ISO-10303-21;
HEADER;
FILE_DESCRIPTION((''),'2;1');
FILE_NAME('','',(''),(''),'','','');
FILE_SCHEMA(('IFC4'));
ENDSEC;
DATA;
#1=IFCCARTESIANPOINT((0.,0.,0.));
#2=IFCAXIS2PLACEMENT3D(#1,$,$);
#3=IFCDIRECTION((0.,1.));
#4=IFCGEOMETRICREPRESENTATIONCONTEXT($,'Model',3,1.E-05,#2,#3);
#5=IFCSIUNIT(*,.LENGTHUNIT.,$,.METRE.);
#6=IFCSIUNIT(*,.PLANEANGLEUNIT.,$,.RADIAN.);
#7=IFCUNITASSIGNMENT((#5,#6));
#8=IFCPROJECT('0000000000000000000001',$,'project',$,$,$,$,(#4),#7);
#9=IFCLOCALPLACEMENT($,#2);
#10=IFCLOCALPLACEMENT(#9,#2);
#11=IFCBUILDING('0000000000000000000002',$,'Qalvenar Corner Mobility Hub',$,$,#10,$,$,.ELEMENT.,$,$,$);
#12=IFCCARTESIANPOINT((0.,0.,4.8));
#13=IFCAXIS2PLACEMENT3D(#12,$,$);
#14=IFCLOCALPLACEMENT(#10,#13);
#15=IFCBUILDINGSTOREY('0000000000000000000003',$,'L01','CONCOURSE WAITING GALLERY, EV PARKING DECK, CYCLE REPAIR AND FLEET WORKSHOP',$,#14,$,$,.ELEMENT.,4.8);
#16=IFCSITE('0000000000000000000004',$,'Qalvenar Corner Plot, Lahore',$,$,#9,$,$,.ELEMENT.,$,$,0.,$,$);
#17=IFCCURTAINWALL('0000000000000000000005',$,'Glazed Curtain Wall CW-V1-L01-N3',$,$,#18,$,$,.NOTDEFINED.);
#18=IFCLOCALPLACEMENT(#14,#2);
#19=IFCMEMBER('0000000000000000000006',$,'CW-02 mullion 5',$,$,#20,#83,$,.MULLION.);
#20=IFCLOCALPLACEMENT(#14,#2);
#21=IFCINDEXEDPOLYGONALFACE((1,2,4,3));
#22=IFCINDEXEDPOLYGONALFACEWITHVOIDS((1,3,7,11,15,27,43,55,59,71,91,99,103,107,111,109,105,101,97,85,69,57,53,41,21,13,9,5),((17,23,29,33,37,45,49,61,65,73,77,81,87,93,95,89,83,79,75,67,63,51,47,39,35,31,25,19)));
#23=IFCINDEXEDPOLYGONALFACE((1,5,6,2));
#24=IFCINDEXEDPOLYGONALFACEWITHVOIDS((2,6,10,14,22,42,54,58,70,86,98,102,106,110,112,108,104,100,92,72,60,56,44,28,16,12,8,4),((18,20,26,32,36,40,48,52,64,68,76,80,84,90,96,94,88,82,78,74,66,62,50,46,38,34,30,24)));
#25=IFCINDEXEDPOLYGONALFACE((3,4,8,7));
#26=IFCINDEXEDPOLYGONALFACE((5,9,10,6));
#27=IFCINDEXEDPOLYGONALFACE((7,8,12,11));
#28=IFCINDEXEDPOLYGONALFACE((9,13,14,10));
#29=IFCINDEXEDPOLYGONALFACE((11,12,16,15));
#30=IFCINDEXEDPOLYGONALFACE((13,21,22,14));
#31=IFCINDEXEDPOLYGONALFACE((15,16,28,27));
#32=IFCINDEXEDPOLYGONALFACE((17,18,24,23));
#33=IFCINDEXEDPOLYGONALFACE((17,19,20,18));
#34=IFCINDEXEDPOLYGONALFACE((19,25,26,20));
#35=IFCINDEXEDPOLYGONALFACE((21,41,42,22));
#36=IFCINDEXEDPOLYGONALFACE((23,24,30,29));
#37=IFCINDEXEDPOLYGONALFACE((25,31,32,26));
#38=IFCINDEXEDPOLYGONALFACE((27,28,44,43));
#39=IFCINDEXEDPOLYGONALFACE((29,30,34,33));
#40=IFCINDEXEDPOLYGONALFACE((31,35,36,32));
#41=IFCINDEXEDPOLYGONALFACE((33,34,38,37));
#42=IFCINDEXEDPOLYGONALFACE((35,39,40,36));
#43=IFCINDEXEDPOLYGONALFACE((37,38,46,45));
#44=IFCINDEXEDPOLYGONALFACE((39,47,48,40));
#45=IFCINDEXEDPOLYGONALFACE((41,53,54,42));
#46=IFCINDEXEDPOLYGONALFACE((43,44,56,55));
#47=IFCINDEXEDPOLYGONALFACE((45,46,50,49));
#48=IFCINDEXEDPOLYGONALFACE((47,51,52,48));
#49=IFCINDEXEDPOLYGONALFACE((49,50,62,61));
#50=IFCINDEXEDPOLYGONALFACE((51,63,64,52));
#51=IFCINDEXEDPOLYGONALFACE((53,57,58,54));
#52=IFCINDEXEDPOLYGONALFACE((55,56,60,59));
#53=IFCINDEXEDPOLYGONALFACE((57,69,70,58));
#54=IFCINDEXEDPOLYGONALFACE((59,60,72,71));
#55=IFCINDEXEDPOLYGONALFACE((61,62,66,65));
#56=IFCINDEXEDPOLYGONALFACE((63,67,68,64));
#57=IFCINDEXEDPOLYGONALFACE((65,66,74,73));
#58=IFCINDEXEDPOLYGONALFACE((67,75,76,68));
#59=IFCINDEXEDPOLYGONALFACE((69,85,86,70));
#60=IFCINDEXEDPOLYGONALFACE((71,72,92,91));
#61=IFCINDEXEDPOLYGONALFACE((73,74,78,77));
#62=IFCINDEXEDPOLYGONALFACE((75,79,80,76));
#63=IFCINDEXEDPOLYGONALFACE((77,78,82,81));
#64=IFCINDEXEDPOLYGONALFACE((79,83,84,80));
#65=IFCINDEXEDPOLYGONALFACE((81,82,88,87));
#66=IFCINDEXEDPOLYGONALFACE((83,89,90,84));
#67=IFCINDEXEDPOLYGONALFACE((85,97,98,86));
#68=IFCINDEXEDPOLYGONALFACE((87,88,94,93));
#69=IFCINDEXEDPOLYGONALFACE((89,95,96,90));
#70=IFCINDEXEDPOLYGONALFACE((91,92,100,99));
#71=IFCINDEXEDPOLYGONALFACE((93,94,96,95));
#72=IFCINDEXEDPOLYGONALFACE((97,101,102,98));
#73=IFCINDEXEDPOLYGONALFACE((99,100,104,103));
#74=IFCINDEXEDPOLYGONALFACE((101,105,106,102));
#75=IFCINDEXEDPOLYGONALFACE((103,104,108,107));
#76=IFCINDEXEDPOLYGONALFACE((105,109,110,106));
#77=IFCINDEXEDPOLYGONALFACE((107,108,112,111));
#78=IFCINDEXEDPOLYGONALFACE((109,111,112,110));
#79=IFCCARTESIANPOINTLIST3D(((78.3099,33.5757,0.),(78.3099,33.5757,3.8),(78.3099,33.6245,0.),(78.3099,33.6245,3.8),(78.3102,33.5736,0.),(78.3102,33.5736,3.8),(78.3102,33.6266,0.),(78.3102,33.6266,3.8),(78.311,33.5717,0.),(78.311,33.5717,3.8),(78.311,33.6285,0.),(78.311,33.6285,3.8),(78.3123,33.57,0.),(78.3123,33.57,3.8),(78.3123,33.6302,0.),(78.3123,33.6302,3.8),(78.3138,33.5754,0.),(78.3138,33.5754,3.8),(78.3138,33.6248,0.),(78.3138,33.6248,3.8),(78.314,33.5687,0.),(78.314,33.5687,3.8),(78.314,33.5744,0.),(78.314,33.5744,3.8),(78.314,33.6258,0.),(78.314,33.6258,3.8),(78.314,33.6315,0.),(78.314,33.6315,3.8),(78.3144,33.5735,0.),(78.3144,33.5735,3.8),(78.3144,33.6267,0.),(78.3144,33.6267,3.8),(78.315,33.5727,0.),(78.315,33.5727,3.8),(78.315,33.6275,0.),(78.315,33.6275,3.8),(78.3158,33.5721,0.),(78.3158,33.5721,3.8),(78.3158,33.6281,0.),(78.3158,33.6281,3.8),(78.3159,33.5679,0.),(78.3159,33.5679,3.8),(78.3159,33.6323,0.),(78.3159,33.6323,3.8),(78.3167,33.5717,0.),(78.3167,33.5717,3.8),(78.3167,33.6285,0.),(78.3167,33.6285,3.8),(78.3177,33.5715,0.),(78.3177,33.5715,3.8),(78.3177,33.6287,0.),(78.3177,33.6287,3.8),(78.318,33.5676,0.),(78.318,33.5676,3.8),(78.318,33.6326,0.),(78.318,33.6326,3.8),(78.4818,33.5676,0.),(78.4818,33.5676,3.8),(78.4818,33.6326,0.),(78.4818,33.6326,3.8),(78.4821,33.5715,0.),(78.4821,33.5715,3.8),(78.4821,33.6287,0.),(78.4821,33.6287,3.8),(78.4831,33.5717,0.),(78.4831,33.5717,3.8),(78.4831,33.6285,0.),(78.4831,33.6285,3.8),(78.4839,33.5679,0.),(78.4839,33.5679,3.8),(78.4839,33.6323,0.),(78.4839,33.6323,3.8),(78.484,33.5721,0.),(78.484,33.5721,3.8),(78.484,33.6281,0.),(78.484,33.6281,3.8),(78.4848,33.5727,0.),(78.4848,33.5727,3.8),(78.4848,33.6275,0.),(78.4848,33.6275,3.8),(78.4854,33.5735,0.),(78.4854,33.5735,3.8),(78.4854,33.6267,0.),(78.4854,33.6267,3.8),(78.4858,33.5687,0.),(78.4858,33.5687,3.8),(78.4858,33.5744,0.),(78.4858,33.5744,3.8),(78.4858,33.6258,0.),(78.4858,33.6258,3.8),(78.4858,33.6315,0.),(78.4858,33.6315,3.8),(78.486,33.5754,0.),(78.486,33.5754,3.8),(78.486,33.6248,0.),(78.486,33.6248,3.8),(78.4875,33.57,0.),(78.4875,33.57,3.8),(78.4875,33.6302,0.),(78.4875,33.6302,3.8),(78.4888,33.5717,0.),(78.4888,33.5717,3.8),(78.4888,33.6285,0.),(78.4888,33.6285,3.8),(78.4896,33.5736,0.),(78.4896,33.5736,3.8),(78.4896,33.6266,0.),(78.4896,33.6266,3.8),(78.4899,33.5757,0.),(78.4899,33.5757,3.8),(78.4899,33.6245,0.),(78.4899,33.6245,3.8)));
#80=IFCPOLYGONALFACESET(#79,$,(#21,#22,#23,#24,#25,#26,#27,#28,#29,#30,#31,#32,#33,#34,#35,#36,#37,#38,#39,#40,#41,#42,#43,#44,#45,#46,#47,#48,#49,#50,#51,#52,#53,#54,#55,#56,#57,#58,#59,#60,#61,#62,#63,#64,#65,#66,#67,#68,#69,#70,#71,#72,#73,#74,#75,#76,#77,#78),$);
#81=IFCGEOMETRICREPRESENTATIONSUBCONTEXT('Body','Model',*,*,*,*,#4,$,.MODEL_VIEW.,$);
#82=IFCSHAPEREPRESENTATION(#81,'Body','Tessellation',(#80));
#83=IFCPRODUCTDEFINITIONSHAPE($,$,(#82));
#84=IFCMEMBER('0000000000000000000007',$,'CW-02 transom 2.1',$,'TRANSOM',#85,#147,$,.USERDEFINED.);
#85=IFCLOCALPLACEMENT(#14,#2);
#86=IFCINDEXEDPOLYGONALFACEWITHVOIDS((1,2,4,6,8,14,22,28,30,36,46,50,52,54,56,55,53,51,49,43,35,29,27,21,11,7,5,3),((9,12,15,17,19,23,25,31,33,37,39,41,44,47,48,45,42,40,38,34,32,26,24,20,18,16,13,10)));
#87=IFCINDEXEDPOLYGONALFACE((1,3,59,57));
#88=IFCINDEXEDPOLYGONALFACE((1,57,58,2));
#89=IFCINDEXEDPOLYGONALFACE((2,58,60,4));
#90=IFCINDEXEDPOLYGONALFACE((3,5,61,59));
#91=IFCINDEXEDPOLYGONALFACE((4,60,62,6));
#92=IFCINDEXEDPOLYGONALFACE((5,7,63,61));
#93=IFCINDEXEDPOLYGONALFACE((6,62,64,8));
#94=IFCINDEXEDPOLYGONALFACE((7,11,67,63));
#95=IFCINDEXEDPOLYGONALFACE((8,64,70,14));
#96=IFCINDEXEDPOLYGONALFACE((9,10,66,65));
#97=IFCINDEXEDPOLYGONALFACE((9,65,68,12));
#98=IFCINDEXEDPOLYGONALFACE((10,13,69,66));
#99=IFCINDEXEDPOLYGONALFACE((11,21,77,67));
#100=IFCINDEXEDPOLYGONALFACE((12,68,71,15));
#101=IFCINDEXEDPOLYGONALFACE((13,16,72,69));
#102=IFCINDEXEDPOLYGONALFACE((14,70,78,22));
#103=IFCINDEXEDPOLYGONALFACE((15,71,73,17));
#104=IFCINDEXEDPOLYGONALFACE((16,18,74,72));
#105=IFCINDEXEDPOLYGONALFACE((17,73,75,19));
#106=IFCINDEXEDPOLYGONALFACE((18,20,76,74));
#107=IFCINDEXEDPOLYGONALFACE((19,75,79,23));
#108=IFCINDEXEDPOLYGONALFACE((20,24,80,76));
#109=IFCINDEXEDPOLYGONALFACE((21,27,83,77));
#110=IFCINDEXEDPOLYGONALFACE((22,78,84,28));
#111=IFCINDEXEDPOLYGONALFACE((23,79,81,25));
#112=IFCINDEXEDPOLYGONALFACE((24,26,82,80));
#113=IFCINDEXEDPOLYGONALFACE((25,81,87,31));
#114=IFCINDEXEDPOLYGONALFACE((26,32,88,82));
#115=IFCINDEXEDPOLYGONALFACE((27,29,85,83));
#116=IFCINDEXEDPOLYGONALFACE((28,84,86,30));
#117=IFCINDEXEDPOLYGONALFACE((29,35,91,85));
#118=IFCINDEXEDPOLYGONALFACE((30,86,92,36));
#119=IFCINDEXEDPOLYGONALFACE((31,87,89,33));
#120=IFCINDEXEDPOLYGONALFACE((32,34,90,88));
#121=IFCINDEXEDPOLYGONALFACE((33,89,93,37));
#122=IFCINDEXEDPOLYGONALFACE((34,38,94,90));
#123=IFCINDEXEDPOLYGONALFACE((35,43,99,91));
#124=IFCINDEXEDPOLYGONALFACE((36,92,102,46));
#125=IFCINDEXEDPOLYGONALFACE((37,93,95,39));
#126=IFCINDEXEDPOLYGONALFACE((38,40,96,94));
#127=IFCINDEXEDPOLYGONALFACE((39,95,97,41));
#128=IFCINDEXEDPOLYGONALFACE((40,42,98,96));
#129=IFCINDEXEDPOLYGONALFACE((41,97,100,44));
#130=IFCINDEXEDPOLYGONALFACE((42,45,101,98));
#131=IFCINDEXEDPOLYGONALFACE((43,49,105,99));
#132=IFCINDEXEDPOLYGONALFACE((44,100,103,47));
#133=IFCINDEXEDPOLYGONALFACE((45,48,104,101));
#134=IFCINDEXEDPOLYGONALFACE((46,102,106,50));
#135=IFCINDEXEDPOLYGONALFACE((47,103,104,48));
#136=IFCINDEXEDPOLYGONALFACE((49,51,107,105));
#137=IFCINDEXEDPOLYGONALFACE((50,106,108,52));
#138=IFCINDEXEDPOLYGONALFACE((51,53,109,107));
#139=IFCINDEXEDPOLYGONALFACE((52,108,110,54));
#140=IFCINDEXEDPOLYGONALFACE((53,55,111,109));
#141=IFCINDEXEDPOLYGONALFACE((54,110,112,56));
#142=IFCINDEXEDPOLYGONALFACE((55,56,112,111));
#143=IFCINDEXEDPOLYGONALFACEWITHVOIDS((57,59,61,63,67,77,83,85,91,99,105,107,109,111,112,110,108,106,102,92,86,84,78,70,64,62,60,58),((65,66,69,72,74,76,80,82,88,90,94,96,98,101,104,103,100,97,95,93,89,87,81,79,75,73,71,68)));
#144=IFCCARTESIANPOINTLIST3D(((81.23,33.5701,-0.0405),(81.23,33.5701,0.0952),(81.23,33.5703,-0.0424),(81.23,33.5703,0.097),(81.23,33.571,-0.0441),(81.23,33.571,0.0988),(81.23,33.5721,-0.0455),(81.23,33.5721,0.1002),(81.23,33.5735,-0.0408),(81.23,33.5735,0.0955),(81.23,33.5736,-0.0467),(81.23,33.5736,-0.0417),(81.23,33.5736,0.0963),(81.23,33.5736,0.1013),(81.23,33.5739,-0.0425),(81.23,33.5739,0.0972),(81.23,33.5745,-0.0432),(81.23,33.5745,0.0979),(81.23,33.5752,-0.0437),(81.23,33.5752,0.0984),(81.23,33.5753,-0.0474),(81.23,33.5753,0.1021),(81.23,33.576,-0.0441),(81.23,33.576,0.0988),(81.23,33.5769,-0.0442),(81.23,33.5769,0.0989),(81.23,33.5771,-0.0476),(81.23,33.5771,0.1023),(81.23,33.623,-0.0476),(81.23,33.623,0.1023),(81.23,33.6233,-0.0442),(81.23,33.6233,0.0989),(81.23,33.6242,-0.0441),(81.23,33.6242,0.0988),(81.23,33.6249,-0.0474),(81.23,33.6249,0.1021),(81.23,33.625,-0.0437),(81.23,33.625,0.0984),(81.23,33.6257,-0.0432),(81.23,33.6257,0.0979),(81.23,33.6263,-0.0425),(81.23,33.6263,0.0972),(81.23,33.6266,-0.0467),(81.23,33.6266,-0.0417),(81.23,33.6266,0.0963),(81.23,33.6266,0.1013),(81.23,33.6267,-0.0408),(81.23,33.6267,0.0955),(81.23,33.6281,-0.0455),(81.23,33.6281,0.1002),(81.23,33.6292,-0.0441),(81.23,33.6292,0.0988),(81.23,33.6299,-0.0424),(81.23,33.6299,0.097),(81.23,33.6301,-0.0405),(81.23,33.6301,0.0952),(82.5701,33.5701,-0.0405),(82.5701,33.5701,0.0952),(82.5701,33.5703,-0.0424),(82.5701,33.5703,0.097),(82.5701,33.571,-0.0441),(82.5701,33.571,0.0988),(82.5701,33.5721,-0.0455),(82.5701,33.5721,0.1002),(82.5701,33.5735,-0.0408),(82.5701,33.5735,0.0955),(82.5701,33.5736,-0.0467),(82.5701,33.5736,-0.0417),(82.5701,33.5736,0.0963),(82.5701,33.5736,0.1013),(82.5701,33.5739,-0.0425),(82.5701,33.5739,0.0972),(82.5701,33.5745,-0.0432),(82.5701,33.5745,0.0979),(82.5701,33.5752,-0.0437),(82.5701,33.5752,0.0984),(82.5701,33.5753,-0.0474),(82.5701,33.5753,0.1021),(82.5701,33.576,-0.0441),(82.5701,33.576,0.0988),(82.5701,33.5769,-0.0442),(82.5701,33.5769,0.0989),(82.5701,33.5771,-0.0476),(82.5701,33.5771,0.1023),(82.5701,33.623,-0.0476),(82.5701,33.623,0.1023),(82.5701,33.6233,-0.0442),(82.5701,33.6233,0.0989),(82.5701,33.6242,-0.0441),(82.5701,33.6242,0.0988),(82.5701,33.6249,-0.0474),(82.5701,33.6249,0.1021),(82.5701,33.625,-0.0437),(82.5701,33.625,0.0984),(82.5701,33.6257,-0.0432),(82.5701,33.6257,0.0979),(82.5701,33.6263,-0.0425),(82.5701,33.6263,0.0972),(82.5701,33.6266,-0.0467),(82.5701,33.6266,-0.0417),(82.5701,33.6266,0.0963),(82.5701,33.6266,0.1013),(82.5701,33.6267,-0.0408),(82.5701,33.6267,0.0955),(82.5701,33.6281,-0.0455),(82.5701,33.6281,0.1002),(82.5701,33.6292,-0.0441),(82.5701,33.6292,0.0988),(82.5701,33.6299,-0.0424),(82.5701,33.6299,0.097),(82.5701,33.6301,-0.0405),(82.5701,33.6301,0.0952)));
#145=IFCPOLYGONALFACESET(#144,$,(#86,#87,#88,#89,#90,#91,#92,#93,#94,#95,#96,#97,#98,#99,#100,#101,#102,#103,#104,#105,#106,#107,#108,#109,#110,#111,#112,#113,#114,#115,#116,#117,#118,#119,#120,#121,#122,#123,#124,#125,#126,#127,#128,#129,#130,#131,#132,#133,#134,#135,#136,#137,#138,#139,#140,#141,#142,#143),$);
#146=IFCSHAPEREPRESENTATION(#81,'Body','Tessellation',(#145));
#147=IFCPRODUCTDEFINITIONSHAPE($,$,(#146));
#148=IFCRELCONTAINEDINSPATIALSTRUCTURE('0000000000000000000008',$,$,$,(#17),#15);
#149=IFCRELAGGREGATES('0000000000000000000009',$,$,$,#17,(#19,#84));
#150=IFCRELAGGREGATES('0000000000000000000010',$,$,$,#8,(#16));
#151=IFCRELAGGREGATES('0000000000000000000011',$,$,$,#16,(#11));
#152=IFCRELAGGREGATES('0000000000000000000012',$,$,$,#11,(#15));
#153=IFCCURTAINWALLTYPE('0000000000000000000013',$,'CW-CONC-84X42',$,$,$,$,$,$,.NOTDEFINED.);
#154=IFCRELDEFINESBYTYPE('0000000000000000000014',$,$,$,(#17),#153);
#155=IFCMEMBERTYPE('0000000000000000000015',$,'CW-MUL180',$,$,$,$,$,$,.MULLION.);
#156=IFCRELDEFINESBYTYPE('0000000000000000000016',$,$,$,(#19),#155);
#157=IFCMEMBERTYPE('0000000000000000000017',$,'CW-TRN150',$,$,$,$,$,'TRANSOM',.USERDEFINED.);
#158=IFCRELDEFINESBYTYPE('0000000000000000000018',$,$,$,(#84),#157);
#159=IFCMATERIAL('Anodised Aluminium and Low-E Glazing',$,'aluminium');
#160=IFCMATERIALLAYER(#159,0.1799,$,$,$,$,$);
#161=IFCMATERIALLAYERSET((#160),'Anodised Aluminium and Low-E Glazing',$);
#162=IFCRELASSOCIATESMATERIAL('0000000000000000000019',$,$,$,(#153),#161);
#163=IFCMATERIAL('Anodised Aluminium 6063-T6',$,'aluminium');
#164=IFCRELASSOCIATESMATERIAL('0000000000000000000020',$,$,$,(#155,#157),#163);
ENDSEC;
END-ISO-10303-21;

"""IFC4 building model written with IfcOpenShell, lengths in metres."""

from ifc_helpers import new_model, si_unit, direction, frame, origin, origin_2d, place, context, subcontext, project, spatial, hollow_rectangle, extrude, material, layer, layer_set, material_profile, profile_set, type_object, element, aggregate, save


model = new_model("IFC4")

# Units and contexts
model_context = context("Model", 3, precision=1e-05, world=origin(), true_north=direction((0.0, 1.0)))
body_context = subcontext(model_context, "Body", "Model", "MODEL_VIEW")
ifc_project = project(units=[si_unit("LENGTHUNIT", "METRE"), si_unit("PLANEANGLEUNIT", "RADIAN")], contexts=[model_context])

# Site, building, storey
site_placement = place(None, origin())
site = spatial("IfcSite", under=ifc_project, at=site_placement, Name="Qalvenar Corner Plot, Lahore", CompositionType="ELEMENT", RefElevation=0.0)
building_placement = place(site_placement, origin())
building = spatial("IfcBuilding", under=site, at=building_placement, Name="Qalvenar Corner Mobility Hub", CompositionType="ELEMENT")
storey_placement = place(building_placement, frame((0.0, 0.0, 4.8)))
storey = spatial("IfcBuildingStorey", under=building, at=storey_placement, Name="L01", Description="CONCOURSE WAITING GALLERY, EV PARKING DECK, CYCLE REPAIR AND FLEET WORKSHOP", CompositionType="ELEMENT", Elevation=4.8)

# Curtain wall, members
ifc_material_1 = material(Name="Anodised Aluminium and Low-E Glazing", Category="aluminium")
ifc_layer_1 = layer(ifc_material_1, 0.1799)
ifc_layer_set_1 = layer_set([ifc_layer_1], Name="Anodised Aluminium and Low-E Glazing")
curtain_wall_type = type_object("IfcCurtainWallType", Name="CW-CONC-84X42", PredefinedType="NOTDEFINED", material=ifc_layer_set_1)
curtain_wall_placement = place(storey_placement, origin())
curtain_wall = element("IfcCurtainWall", 1, at=curtain_wall_placement, inside=storey, type_object=curtain_wall_type, Name="Glazed Curtain Wall CW-V1-L01-N3", PredefinedType="NOTDEFINED")
ifc_material_2 = material(Name="Anodised Aluminium 6063-T6", Category="aluminium")
ifc_material_profile_1 = material_profile(ifc_material_2, hollow_rectangle(XDim=0.0649, YDim=0.1799, WallThickness=0.0039, InnerFilletRadius=0.0039, OuterFilletRadius=0.0081, at=origin_2d()), Name="RHS180x65x4")
ifc_profile_set_1 = profile_set([ifc_material_profile_1], Name="Anodised Aluminium 6063-T6")
member_type_1 = type_object("IfcMemberType", Name="CW-MUL180", PredefinedType="MULLION", material=ifc_profile_set_1)
member_1_placement = place(storey_placement, frame((78.3999, 33.6001, 0.0), z_axis=(0.0, 0.0, 1.0), x_axis=(0.0, -1.0, 0.0)))
member_1 = element("IfcMember", 2, at=member_1_placement, type_object=member_type_1, Name="CW-02 mullion 5", PredefinedType="MULLION", context=body_context, shape_type="SweptSolid", body=[
    extrude(hollow_rectangle(XDim=0.0649, YDim=0.1799, WallThickness=0.0039, InnerFilletRadius=0.0039, OuterFilletRadius=0.0081, at=origin_2d()), origin(), (0.0, 0.0, 1.0), 3.8),
])
ifc_material_profile_2 = material_profile(ifc_material_2, hollow_rectangle(XDim=0.0601, YDim=0.1499, WallThickness=0.0034, InnerFilletRadius=0.0034, OuterFilletRadius=0.0071, at=origin_2d()), Name="RHS150x60x3.5")
ifc_profile_set_2 = profile_set([ifc_material_profile_2], Name="Anodised Aluminium 6063-T6")
member_type_2 = type_object("IfcMemberType", Name="CW-TRN150", ElementType="TRANSOM", PredefinedType="USERDEFINED", material=ifc_profile_set_2)
member_2_placement = place(storey_placement, frame((82.5701, 33.6001, 0.0273), z_axis=(-1.0, 0.0, 0.0), x_axis=(0.0, -1.0, 0.0)))
member_2 = element("IfcMember", 3, at=member_2_placement, type_object=member_type_2, Name="CW-02 transom 2.1", ObjectType="TRANSOM", PredefinedType="USERDEFINED", context=body_context, shape_type="SweptSolid", body=[
    extrude(hollow_rectangle(XDim=0.0601, YDim=0.1499, WallThickness=0.0034, InnerFilletRadius=0.0034, OuterFilletRadius=0.0071, at=origin_2d()), origin(), (0.0, 0.0, 1.0), 1.3401),
])
aggregate(curtain_wall, [member_1, member_2])

save(model, "model.ifc")
